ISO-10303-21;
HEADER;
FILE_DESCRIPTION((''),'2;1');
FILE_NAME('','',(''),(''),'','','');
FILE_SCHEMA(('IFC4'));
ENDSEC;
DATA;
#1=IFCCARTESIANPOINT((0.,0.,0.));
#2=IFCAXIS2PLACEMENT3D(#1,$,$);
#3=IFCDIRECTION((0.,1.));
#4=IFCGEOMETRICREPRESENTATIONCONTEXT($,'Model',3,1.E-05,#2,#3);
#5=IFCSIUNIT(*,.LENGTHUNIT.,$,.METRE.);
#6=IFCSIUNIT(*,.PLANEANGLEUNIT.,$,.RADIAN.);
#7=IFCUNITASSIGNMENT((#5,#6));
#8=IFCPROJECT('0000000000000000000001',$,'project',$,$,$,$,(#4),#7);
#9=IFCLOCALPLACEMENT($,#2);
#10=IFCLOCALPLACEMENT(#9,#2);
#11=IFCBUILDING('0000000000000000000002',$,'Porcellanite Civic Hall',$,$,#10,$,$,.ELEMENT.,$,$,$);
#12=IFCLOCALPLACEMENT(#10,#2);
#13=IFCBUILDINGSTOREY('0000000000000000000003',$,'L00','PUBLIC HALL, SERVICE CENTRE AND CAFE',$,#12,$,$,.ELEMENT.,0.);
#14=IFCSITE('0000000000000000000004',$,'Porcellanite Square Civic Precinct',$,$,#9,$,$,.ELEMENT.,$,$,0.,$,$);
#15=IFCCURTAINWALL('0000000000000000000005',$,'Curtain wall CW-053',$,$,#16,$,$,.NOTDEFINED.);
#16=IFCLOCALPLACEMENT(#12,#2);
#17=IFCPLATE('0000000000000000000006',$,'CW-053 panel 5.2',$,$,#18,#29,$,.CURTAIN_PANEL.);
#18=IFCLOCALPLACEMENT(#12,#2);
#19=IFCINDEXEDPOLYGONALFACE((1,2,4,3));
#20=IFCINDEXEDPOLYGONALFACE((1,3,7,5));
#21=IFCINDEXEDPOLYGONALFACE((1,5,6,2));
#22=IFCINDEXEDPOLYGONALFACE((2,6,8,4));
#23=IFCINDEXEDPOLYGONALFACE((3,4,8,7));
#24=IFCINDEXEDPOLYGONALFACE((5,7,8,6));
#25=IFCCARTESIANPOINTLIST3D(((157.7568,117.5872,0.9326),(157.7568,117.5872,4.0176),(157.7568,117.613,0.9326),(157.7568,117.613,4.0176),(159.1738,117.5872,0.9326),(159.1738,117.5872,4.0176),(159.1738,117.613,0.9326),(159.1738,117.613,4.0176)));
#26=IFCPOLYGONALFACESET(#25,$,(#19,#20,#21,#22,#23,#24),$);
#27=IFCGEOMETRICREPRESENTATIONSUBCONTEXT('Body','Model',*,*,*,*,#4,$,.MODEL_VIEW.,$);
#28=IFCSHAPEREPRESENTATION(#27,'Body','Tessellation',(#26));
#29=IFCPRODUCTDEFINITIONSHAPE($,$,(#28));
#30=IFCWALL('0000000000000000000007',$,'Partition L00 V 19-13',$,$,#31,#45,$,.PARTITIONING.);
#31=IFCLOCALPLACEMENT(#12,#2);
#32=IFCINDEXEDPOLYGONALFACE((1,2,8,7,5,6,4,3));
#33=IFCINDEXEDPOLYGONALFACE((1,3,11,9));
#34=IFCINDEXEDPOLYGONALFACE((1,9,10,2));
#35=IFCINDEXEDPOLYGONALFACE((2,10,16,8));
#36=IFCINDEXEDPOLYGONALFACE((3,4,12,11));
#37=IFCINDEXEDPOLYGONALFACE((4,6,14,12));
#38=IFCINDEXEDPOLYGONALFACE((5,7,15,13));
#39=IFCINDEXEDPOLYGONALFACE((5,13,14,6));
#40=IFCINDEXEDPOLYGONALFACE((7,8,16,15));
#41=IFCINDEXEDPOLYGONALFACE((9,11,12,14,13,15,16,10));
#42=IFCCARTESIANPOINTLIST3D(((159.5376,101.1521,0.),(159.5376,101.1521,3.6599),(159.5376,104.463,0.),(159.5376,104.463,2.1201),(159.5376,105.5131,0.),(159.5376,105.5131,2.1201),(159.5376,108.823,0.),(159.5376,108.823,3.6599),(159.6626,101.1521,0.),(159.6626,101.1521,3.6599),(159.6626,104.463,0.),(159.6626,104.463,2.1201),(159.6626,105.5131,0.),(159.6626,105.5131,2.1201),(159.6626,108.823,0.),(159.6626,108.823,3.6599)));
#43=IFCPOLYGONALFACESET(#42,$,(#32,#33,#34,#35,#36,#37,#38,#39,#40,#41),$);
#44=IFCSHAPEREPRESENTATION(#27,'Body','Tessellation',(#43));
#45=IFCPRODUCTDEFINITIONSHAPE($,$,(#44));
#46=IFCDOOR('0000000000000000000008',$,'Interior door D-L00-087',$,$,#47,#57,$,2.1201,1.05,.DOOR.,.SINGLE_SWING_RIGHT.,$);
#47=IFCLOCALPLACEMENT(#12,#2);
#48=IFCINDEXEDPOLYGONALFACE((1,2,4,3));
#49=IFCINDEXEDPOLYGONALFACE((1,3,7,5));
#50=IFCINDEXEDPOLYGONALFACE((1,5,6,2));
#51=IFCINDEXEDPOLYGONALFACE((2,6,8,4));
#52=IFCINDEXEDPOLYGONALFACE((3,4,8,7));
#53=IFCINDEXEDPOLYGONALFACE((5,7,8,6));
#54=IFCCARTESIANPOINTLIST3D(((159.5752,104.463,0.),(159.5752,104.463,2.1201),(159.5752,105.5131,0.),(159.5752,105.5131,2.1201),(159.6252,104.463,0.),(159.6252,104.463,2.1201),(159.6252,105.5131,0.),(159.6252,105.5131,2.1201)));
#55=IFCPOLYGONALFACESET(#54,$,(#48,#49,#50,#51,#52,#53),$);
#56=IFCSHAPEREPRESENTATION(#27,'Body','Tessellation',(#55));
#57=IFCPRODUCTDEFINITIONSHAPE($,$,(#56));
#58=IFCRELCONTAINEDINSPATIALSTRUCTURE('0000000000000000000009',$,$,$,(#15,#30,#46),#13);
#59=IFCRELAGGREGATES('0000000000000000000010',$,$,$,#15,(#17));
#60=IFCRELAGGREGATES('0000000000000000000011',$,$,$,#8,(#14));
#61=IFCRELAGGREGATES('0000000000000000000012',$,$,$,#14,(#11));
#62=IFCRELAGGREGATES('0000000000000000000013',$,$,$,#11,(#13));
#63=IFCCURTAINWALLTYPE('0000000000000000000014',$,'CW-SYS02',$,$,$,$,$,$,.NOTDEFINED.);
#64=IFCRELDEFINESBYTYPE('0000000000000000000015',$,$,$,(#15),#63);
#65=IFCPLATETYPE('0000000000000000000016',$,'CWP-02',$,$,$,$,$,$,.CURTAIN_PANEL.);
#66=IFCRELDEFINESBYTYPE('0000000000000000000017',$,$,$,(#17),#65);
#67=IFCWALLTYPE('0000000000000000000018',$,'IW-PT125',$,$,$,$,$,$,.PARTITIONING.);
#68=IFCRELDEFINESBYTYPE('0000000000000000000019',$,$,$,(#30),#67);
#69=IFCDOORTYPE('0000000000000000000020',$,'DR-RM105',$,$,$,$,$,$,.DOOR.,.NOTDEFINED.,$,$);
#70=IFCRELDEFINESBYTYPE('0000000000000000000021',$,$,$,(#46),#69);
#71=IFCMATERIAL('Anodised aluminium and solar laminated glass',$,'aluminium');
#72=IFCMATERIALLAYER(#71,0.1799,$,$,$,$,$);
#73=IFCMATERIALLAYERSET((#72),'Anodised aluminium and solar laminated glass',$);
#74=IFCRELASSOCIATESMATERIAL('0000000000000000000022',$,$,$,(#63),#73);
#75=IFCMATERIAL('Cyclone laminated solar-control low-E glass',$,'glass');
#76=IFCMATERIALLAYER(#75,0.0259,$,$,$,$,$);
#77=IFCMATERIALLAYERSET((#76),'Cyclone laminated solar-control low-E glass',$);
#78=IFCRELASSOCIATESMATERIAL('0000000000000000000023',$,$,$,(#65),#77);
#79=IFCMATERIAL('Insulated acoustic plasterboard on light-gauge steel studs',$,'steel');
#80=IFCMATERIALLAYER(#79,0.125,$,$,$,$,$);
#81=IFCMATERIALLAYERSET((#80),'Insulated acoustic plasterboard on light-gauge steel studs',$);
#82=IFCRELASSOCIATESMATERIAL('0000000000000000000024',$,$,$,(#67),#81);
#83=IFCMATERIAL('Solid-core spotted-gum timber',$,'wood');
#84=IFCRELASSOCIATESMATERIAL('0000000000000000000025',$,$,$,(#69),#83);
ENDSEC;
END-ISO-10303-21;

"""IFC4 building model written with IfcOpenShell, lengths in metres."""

from ifc_helpers import new_model, si_unit, direction, frame, frame_2d, origin, origin_2d, place, context, subcontext, project, spatial, rectangle, extrude, material, layer, layer_set, type_object, element, fill, aggregate, save


model = new_model("IFC4")

# Units and contexts
model_context = context("Model", 3, precision=1e-05, world=origin(), true_north=direction((0.0, 1.0)))
body_context = subcontext(model_context, "Body", "Model", "MODEL_VIEW")
ifc_project = project(units=[si_unit("LENGTHUNIT", "METRE"), si_unit("PLANEANGLEUNIT", "RADIAN")], contexts=[model_context])

# Site, building, storey
site_placement = place(None, origin())
site = spatial("IfcSite", under=ifc_project, at=site_placement, Name="Porcellanite Square Civic Precinct", CompositionType="ELEMENT", RefElevation=0.0)
building_placement = place(site_placement, origin())
building = spatial("IfcBuilding", under=site, at=building_placement, Name="Porcellanite Civic Hall", CompositionType="ELEMENT")
storey_placement = place(building_placement, origin())
storey = spatial("IfcBuildingStorey", under=building, at=storey_placement, Name="L00", Description="PUBLIC HALL, SERVICE CENTRE AND CAFE", CompositionType="ELEMENT", Elevation=0.0)

# Curtain wall
ifc_material_1 = material(Name="Anodised aluminium and solar laminated glass", Category="aluminium")
ifc_layer_1 = layer(ifc_material_1, 0.1799)
ifc_layer_set_1 = layer_set([ifc_layer_1], Name="Anodised aluminium and solar laminated glass")
curtain_wall_type = type_object("IfcCurtainWallType", Name="CW-SYS02", PredefinedType="NOTDEFINED", material=ifc_layer_set_1)
curtain_wall_placement = place(storey_placement, origin())
curtain_wall = element("IfcCurtainWall", 1, at=curtain_wall_placement, inside=storey, type_object=curtain_wall_type, Name="Curtain wall CW-053", PredefinedType="NOTDEFINED")

# Plate
ifc_material_2 = material(Name="Cyclone laminated solar-control low-E glass", Category="glass")
ifc_layer_2 = layer(ifc_material_2, 0.0259)
ifc_layer_set_2 = layer_set([ifc_layer_2], Name="Cyclone laminated solar-control low-E glass")
plate_type = type_object("IfcPlateType", Name="CWP-02", PredefinedType="CURTAIN_PANEL", material=ifc_layer_set_2)
plate_1_placement = place(storey_placement, frame((158.4653, 117.6001, 0.9326), z_axis=(0.0, 0.0, 1.0), x_axis=(1.0, 0.0, 0.0)))
plate_1 = element("IfcPlate", 2, at=plate_1_placement, type_object=plate_type, Name="CW-053 panel 5.2", PredefinedType="CURTAIN_PANEL", context=body_context, shape_type="SweptSolid", body=[
    extrude(rectangle(XDim=1.417, YDim=0.0259, at=origin_2d()), origin(), (0.0, 0.0, 1.0), 3.085),
])
aggregate(curtain_wall, [plate_1])

# Wall, opening, door
ifc_material_3 = material(Name="Insulated acoustic plasterboard on light-gauge steel studs", Category="steel")
ifc_layer_3 = layer(ifc_material_3, 0.125)
ifc_layer_set_3 = layer_set([ifc_layer_3], Name="Insulated acoustic plasterboard on light-gauge steel studs")
wall_type_1 = type_object("IfcWallType", Name="IW-PT125", PredefinedType="PARTITIONING", material=ifc_layer_set_3)
wall_1_placement = place(storey_placement, frame((159.6001, 101.1521, 0.0), z_axis=(0.0, 0.0, 1.0), x_axis=(0.0, 1.0, 0.0)))
wall_1 = element("IfcWall", 3, at=wall_1_placement, inside=storey, type_object=wall_type_1, Name="Partition L00 V 19-13", PredefinedType="PARTITIONING", context=body_context, shape_type="SweptSolid", body=[
    extrude(rectangle(XDim=7.6709, YDim=0.125, at=frame_2d((3.8354, 0.0))), origin(), (0.0, 0.0, 1.0), 3.6599),
])
opening_1_placement = place(wall_1_placement, frame((3.311, 0.0, 0.0)))
opening_1 = element("IfcOpeningElement", 4, at=opening_1_placement, cuts=wall_1, PredefinedType="OPENING", context=body_context, shape_type="SweptSolid", body=[
    extrude(rectangle(XDim=1.05, YDim=2.1201, at=frame_2d((0.5249, 1.0601))), frame((0.0, 0.0625, 0.0), z_axis=(0.0, -1.0, 0.0), x_axis=(1.0, 0.0, 0.0)), (0.0, 0.0, 1.0), 0.125),
])
ifc_material_4 = material(Name="Solid-core spotted-gum timber", Category="wood")
door_type_1 = type_object("IfcDoorType", Name="DR-RM105", OperationType="NOTDEFINED", PredefinedType="DOOR", material=ifc_material_4)
door_1_placement = place(opening_1_placement, origin())
door_1 = element("IfcDoor", 5, at=door_1_placement, inside=storey, type_object=door_type_1, Name="Interior door D-L00-087", OperationType="SINGLE_SWING_RIGHT", OverallHeight=2.1201, OverallWidth=1.05, PredefinedType="DOOR", context=body_context, shape_type="SweptSolid", body=[
    extrude(rectangle(XDim=1.05, YDim=2.1201, at=frame_2d((0.5249, 1.0601))), frame((0.0, 0.0249, 0.0), z_axis=(0.0, -1.0, 0.0), x_axis=(1.0, 0.0, 0.0)), (0.0, 0.0, 1.0), 0.05),
])
fill(opening_1, door_1)

save(model, "model.ifc")
